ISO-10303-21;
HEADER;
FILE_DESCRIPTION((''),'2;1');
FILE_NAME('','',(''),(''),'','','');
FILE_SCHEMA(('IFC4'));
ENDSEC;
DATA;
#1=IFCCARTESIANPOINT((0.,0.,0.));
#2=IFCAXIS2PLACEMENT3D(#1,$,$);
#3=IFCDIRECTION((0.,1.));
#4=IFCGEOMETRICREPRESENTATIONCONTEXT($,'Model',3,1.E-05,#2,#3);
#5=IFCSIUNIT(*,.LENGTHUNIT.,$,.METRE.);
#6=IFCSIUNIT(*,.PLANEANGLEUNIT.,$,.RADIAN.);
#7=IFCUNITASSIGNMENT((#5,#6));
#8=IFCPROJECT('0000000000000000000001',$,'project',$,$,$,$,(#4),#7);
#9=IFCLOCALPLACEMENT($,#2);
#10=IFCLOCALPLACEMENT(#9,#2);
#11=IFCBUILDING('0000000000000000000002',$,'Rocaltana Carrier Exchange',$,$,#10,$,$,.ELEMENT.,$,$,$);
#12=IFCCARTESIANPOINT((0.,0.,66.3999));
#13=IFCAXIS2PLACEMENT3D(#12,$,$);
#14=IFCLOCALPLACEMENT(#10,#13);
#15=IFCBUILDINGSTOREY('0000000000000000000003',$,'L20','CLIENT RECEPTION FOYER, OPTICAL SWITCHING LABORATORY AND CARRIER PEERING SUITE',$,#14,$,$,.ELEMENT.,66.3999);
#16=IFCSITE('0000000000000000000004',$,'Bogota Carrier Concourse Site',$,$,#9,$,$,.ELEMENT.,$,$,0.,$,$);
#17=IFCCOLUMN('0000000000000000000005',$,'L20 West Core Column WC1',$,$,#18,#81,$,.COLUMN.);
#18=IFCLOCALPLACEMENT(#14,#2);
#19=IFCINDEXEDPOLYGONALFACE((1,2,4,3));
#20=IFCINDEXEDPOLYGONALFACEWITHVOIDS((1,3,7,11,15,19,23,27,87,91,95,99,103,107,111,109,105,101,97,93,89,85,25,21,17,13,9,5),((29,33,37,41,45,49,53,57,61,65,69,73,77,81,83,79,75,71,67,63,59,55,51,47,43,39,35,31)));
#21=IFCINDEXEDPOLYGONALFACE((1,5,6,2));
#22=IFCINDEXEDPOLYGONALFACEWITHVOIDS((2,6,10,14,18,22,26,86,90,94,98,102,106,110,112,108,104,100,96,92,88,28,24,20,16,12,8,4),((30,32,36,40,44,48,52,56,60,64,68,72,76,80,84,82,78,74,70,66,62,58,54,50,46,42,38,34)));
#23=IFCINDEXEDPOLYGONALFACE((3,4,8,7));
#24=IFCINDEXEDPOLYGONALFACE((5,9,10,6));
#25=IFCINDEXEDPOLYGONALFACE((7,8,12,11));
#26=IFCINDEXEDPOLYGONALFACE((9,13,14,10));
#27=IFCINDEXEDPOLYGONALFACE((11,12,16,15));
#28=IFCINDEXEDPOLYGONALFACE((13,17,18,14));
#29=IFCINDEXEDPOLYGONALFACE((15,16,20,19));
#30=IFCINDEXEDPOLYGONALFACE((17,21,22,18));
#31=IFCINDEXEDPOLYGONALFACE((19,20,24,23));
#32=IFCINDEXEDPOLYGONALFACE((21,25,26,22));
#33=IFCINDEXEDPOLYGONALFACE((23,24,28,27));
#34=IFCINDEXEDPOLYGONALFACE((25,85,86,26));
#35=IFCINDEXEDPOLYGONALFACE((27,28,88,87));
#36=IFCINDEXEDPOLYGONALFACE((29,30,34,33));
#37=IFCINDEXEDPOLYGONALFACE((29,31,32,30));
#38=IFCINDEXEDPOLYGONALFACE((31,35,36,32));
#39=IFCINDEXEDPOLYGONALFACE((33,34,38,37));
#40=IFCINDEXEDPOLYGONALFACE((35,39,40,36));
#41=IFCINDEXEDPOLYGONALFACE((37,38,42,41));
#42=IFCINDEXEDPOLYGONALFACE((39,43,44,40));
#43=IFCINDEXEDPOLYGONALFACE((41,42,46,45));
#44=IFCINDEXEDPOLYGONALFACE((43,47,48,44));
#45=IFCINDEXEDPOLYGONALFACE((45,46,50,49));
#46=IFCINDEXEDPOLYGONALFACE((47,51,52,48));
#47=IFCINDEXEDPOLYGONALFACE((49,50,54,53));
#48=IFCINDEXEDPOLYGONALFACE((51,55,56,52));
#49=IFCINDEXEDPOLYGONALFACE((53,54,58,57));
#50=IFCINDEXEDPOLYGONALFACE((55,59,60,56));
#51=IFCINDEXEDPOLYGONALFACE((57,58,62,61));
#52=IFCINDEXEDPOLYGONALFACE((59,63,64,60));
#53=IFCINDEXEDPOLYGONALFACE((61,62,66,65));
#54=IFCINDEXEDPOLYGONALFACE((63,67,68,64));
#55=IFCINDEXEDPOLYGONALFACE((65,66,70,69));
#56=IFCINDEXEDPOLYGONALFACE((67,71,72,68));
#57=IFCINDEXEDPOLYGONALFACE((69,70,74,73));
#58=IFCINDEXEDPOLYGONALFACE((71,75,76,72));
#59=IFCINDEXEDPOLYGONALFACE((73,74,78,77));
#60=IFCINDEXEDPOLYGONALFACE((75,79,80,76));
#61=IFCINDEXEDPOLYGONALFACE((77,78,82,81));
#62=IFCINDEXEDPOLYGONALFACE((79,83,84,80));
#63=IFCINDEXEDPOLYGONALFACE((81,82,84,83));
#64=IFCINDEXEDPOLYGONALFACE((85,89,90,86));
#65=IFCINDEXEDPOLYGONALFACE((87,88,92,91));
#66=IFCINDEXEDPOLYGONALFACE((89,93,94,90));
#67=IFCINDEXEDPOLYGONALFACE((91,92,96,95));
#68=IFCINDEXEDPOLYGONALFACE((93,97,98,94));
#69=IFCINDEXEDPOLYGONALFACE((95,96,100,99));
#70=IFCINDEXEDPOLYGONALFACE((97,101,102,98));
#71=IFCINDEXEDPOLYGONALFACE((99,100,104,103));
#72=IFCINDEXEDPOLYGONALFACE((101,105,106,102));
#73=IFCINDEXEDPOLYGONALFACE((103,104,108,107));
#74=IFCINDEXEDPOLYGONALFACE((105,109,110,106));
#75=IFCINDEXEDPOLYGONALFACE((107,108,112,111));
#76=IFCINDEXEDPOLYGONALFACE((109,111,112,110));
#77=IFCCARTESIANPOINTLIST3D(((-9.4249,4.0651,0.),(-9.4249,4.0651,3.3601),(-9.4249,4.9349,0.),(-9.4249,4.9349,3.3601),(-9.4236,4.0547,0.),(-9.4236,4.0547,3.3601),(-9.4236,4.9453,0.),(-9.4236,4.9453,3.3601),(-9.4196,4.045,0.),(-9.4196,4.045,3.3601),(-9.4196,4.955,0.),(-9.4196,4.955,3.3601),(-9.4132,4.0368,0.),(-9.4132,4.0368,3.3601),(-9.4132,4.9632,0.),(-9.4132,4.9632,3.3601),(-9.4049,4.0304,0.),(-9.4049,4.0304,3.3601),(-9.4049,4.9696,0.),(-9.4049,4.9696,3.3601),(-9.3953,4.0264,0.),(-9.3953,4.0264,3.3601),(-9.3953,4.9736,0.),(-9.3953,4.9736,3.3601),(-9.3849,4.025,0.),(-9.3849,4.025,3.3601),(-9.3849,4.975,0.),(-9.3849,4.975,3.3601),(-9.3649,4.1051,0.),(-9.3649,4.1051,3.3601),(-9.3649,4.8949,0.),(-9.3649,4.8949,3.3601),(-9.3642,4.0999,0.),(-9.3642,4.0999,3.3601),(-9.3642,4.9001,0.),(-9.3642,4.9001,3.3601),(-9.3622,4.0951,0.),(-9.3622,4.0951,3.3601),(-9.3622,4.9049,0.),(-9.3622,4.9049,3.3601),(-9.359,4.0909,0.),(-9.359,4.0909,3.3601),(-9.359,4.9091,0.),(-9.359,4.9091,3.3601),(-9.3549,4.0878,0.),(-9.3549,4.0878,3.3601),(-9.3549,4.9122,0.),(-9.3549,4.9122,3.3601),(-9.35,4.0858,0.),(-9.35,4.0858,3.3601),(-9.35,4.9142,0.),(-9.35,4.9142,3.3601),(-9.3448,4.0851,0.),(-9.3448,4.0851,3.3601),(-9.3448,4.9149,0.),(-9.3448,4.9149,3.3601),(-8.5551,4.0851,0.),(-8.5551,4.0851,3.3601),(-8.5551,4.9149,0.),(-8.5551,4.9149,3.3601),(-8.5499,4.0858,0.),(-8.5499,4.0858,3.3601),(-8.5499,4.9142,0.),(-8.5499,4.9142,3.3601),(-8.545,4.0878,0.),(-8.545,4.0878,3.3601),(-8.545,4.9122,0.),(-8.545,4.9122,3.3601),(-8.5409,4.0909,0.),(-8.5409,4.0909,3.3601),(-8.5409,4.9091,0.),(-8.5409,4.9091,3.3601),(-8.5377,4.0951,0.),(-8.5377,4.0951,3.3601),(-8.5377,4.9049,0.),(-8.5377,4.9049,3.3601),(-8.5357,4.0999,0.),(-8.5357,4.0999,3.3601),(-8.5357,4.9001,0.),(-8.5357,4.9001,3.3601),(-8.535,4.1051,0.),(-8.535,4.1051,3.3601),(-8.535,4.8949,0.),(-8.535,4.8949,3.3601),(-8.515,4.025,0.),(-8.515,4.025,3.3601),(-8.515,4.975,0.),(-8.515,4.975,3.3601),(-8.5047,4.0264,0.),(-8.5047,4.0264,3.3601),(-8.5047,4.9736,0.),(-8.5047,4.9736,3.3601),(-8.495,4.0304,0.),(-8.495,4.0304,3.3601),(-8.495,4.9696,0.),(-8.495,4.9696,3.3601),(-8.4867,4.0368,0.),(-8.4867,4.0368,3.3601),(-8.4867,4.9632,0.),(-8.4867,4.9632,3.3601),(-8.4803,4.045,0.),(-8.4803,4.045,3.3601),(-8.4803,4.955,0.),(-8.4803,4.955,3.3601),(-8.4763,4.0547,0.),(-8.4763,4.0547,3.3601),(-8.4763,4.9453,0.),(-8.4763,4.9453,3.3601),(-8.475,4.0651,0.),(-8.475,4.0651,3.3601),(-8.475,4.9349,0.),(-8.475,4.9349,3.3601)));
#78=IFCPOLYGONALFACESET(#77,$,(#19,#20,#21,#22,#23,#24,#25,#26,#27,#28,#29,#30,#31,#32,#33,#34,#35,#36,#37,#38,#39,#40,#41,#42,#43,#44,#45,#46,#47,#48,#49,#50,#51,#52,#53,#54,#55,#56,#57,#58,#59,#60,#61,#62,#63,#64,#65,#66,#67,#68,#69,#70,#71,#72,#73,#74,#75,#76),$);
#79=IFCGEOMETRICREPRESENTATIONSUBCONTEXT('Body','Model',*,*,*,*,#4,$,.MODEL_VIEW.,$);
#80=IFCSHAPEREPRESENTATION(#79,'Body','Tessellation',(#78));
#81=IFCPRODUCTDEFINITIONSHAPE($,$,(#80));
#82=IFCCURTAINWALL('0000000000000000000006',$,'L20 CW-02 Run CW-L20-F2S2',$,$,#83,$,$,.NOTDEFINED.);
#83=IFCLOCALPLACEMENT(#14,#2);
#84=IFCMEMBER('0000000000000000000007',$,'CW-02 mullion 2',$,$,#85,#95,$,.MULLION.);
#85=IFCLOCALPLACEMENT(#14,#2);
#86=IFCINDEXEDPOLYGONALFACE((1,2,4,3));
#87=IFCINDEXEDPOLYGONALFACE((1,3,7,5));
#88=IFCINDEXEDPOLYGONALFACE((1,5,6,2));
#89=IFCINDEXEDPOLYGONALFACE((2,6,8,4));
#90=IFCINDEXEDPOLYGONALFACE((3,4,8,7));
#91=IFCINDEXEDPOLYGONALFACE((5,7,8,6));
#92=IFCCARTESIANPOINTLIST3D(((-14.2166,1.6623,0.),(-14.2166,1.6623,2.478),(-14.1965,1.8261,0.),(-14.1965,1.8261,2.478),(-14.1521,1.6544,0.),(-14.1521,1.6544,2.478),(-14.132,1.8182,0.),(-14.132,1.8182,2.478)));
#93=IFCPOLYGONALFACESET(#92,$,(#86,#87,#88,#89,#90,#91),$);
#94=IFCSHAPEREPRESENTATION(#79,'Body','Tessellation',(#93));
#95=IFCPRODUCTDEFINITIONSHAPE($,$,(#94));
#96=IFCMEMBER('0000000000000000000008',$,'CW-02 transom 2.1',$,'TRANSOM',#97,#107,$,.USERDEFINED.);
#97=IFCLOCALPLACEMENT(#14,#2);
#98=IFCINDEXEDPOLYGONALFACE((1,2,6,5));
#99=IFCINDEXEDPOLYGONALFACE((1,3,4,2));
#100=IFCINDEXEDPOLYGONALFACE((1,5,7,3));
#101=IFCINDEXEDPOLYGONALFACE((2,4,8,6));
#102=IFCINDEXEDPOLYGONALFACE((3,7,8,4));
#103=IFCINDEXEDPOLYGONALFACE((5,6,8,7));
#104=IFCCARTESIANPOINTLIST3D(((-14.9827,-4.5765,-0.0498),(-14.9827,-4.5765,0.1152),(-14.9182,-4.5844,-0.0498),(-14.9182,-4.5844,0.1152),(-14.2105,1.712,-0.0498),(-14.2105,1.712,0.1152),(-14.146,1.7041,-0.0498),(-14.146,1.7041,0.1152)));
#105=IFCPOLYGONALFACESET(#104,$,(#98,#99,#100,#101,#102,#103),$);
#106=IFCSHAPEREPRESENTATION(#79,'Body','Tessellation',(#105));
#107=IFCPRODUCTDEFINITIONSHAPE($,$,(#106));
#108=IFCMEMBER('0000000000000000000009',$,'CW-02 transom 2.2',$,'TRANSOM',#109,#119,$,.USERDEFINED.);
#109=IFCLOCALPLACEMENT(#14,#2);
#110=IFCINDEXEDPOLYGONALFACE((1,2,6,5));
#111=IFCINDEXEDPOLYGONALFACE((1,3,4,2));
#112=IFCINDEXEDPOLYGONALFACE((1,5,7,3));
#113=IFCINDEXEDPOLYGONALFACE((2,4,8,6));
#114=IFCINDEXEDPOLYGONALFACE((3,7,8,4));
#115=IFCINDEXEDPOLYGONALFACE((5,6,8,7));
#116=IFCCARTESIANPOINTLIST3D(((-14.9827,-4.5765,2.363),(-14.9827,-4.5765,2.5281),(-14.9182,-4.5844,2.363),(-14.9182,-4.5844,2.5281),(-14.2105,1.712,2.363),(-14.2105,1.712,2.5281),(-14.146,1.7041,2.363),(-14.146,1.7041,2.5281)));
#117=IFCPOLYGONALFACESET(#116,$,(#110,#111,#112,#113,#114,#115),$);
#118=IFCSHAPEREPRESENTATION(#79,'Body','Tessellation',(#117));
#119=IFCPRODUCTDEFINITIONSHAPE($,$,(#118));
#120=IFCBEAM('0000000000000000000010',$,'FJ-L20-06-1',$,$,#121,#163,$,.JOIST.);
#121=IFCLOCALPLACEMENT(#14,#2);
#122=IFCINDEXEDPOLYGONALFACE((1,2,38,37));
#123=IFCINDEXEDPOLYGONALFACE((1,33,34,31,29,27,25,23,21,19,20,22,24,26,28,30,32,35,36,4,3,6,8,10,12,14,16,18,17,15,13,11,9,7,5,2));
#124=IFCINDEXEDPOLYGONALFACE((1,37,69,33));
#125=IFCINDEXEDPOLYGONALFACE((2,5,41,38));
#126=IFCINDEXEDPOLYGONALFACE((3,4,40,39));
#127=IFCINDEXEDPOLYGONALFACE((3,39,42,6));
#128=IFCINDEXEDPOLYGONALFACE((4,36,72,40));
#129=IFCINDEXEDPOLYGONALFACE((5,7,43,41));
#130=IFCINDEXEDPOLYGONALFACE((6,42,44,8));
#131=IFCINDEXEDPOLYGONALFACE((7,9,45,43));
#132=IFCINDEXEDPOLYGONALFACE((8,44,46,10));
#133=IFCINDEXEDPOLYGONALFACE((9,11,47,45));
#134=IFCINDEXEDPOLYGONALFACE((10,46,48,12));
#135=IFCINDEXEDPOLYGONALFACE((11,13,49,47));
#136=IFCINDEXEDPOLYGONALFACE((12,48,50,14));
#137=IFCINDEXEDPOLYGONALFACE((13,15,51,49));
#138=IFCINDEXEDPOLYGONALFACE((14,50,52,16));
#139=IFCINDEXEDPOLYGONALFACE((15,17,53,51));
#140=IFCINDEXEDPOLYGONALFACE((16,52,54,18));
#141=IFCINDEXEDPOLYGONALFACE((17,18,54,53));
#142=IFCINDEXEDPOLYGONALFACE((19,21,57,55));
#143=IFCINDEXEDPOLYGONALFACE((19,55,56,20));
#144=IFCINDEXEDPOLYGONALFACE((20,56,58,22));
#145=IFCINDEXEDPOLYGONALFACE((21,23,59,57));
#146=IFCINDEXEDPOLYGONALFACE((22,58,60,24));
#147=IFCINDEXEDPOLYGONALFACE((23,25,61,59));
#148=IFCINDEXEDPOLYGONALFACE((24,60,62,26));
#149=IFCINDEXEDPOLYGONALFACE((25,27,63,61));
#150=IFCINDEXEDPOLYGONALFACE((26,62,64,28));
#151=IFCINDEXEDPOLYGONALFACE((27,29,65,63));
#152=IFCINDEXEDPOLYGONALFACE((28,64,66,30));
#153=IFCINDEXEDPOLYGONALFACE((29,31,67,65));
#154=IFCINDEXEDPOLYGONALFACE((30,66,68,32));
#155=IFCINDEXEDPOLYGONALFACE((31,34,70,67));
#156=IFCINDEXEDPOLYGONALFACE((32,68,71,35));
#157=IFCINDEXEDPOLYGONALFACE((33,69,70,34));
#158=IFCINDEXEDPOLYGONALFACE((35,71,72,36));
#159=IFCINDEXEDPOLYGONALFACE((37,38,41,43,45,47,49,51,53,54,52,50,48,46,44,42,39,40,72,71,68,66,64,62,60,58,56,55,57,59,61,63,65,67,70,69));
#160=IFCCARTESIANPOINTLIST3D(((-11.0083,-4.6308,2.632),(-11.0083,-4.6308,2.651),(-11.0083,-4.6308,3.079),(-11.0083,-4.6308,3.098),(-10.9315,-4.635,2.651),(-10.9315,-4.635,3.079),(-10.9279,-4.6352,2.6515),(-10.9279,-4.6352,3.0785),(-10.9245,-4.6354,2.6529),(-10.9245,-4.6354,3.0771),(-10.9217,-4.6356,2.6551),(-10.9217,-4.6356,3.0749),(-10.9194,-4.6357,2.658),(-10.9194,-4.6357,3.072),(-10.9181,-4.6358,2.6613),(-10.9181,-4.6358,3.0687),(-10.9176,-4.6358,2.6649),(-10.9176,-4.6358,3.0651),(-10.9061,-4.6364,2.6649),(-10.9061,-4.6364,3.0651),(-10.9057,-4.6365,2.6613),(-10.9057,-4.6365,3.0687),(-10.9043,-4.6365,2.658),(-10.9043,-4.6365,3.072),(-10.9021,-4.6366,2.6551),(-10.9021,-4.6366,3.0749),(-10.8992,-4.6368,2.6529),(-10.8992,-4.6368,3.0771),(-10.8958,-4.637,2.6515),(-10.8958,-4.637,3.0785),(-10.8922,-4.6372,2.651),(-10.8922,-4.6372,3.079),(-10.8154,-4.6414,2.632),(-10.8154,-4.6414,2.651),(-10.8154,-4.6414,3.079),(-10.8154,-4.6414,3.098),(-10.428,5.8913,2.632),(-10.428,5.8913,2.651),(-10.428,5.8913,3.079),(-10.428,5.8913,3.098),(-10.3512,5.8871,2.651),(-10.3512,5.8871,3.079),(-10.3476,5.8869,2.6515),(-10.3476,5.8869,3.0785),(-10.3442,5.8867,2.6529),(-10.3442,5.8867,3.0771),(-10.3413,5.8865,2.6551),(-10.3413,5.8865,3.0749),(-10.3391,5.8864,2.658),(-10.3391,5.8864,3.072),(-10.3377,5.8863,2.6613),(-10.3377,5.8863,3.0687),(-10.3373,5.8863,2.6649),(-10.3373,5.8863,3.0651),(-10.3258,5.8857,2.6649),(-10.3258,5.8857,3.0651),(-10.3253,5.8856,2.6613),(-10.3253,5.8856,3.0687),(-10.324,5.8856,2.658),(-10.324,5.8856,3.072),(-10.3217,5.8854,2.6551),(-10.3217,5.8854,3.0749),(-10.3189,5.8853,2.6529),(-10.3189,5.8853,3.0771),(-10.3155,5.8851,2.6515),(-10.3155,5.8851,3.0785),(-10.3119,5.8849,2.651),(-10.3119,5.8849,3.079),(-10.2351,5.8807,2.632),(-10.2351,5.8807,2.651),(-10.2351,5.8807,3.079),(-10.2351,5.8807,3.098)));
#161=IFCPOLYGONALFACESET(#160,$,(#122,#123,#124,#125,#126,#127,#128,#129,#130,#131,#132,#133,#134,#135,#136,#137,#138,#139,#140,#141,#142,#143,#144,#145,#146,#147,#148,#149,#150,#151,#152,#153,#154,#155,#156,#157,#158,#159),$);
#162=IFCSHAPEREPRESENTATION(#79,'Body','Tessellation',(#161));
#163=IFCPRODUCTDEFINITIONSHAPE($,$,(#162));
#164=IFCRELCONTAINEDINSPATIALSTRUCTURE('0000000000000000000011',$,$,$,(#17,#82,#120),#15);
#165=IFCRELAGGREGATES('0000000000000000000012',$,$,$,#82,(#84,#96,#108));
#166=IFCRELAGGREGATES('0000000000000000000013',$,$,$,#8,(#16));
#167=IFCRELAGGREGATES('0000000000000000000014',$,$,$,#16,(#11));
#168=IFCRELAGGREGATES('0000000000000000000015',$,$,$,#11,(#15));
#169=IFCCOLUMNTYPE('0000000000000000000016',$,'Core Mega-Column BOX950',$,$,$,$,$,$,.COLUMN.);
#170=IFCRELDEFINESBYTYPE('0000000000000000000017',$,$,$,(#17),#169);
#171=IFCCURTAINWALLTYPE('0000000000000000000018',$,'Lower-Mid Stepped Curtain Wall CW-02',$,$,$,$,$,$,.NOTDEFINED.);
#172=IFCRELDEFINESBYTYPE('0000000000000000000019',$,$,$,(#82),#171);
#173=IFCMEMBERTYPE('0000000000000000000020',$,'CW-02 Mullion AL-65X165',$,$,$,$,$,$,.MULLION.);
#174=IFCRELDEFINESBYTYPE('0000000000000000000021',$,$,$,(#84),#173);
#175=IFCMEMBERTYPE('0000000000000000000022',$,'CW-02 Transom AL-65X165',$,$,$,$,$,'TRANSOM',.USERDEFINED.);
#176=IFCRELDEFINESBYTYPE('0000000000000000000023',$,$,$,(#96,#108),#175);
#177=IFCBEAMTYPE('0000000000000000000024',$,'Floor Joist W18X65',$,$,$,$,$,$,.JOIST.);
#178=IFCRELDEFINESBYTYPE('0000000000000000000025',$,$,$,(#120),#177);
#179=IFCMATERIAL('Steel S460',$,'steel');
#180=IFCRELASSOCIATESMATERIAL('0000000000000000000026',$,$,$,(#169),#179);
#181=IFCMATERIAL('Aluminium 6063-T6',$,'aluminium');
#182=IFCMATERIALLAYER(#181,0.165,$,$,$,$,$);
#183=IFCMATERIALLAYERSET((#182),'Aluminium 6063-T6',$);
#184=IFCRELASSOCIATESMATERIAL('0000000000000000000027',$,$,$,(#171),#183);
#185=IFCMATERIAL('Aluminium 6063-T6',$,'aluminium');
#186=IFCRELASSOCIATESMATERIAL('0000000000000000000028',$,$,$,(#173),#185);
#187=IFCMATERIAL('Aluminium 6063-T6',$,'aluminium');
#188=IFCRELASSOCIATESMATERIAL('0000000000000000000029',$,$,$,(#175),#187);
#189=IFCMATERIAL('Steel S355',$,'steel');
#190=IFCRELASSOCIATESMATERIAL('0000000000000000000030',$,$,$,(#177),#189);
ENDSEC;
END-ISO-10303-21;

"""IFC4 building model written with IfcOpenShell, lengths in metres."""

from ifc_helpers import new_model, si_unit, direction, frame, origin, origin_2d, place, context, subcontext, project, spatial, rectangle, hollow_rectangle, i_section, extrude, material, layer, layer_set, material_profile, profile_set, type_object, element, aggregate, save


model = new_model("IFC4")

# Units and contexts
model_context = context("Model", 3, precision=1e-05, world=origin(), true_north=direction((0.0, 1.0)))
body_context = subcontext(model_context, "Body", "Model", "MODEL_VIEW")
ifc_project = project(units=[si_unit("LENGTHUNIT", "METRE"), si_unit("PLANEANGLEUNIT", "RADIAN")], contexts=[model_context])

# Site, building, storey
site_placement = place(None, origin())
site = spatial("IfcSite", under=ifc_project, at=site_placement, Name="Bogota Carrier Concourse Site", CompositionType="ELEMENT", RefElevation=0.0)
building_placement = place(site_placement, origin())
building = spatial("IfcBuilding", under=site, at=building_placement, Name="Rocaltana Carrier Exchange", CompositionType="ELEMENT")
storey_placement = place(building_placement, frame((0.0, 0.0, 66.3999)))
storey = spatial("IfcBuildingStorey", under=building, at=storey_placement, Name="L20", Description="CLIENT RECEPTION FOYER, OPTICAL SWITCHING LABORATORY AND CARRIER PEERING SUITE", CompositionType="ELEMENT", Elevation=66.3999)

# Column
ifc_material_1 = material(Name="Steel S460", Category="steel")
ifc_material_profile_1 = material_profile(ifc_material_1, hollow_rectangle(XDim=0.95, YDim=0.95, WallThickness=0.0601, InnerFilletRadius=0.02, OuterFilletRadius=0.04, at=origin_2d()), Name="BOX950X950X60")
ifc_profile_set_1 = profile_set([ifc_material_profile_1], Name="Steel S460")
column_type = type_object("IfcColumnType", Name="Core Mega-Column BOX950", PredefinedType="COLUMN", material=ifc_profile_set_1)
column_placement = place(storey_placement, frame((-8.95, 4.5, 0.0), z_axis=(0.0, 0.0, 1.0), x_axis=(1.0, 0.0, 0.0)))
element("IfcColumn", 1, at=column_placement, inside=storey, type_object=column_type, Name="L20 West Core Column WC1", PredefinedType="COLUMN", context=body_context, shape_type="SweptSolid", body=[
    extrude(hollow_rectangle(XDim=0.95, YDim=0.95, WallThickness=0.0601, InnerFilletRadius=0.02, OuterFilletRadius=0.04, at=origin_2d()), origin(), (0.0, 0.0, 1.0), 3.3601),
])

# Curtain wall, members
ifc_material_2 = material(Name="Aluminium 6063-T6", Category="aluminium")
ifc_layer_1 = layer(ifc_material_2, 0.165)
ifc_layer_set_1 = layer_set([ifc_layer_1], Name="Aluminium 6063-T6")
curtain_wall_type = type_object("IfcCurtainWallType", Name="Lower-Mid Stepped Curtain Wall CW-02", PredefinedType="NOTDEFINED", material=ifc_layer_set_1)
curtain_wall_placement = place(storey_placement, origin())
curtain_wall = element("IfcCurtainWall", 2, at=curtain_wall_placement, inside=storey, type_object=curtain_wall_type, Name="L20 CW-02 Run CW-L20-F2S2", PredefinedType="NOTDEFINED")
ifc_material_3 = material(Name="Aluminium 6063-T6", Category="aluminium")
ifc_material_profile_2 = material_profile(ifc_material_3, rectangle(XDim=0.0649, YDim=0.165, at=origin_2d()), Name="AL-65X165")
ifc_profile_set_2 = profile_set([ifc_material_profile_2], Name="Aluminium 6063-T6")
member_type_1 = type_object("IfcMemberType", Name="CW-02 Mullion AL-65X165", PredefinedType="MULLION", material=ifc_profile_set_2)
member_1_placement = place(storey_placement, frame((-14.1743, 1.7402, 0.0), z_axis=(0.0, 0.0, 1.0), x_axis=(0.992546, -0.121874, 0.0)))
member_1 = element("IfcMember", 3, at=member_1_placement, type_object=member_type_1, Name="CW-02 mullion 2", PredefinedType="MULLION", context=body_context, shape_type="SweptSolid", body=[
    extrude(rectangle(XDim=0.0649, YDim=0.165, at=origin_2d()), origin(), (0.0, 0.0, 1.0), 2.478),
])
ifc_material_4 = material(Name="Aluminium 6063-T6", Category="aluminium")
ifc_material_profile_3 = material_profile(ifc_material_4, rectangle(XDim=0.0649, YDim=0.165, at=origin_2d()), Name="AL-65X165")
ifc_profile_set_3 = profile_set([ifc_material_profile_3], Name="Aluminium 6063-T6")
member_type_2 = type_object("IfcMemberType", Name="CW-02 Transom AL-65X165", ElementType="TRANSOM", PredefinedType="USERDEFINED", material=ifc_profile_set_3)
member_2_placement = place(storey_placement, frame((-14.1782, 1.708, 0.0327), z_axis=(-0.121881, -0.992545, 0.0), x_axis=(0.992545, -0.121881, 0.0)))
member_2 = element("IfcMember", 4, at=member_2_placement, type_object=member_type_2, Name="CW-02 transom 2.1", ObjectType="TRANSOM", PredefinedType="USERDEFINED", context=body_context, shape_type="SweptSolid", body=[
    extrude(rectangle(XDim=0.0649, YDim=0.165, at=origin_2d()), origin(), (0.0, 0.0, 1.0), 6.3357),
])
member_3_placement = place(storey_placement, frame((-14.1782, 1.708, 2.4456), z_axis=(-0.121881, -0.992545, 0.0), x_axis=(0.992545, -0.121881, 0.0)))
member_3 = element("IfcMember", 5, at=member_3_placement, type_object=member_type_2, Name="CW-02 transom 2.2", ObjectType="TRANSOM", PredefinedType="USERDEFINED", context=body_context, shape_type="SweptSolid", body=[
    extrude(rectangle(XDim=0.0649, YDim=0.165, at=origin_2d()), origin(), (0.0, 0.0, 1.0), 6.3357),
])

# Beam
ifc_material_5 = material(Name="Steel S355", Category="steel")
ifc_material_profile_4 = material_profile(ifc_material_5, i_section(OverallWidth=0.1931, OverallDepth=0.4661, WebThickness=0.0115, FlangeThickness=0.019, FilletRadius=0.0139, at=origin_2d()), Name="W18X65")
ifc_profile_set_4 = profile_set([ifc_material_profile_4], Name="Steel S355")
beam_type_1 = type_object("IfcBeamType", Name="Floor Joist W18X65", PredefinedType="JOIST", material=ifc_profile_set_4)
beam_1_placement = place(storey_placement, frame((-10.3315, 5.886, 2.865), z_axis=(-0.055068, -0.998483, 0.0), x_axis=(0.998483, -0.055068, 0.0)))
element("IfcBeam", 6, at=beam_1_placement, inside=storey, type_object=beam_type_1, Name="FJ-L20-06-1", PredefinedType="JOIST", context=body_context, shape_type="SweptSolid", body=[
    extrude(i_section(OverallWidth=0.1931, OverallDepth=0.4661, WebThickness=0.0115, FlangeThickness=0.019, FilletRadius=0.0139, at=origin_2d()), origin(), (0.0, 0.0, 1.0), 10.5381),
])

aggregate(curtain_wall, [member_1, member_2, member_3])

save(model, "model.ifc")
